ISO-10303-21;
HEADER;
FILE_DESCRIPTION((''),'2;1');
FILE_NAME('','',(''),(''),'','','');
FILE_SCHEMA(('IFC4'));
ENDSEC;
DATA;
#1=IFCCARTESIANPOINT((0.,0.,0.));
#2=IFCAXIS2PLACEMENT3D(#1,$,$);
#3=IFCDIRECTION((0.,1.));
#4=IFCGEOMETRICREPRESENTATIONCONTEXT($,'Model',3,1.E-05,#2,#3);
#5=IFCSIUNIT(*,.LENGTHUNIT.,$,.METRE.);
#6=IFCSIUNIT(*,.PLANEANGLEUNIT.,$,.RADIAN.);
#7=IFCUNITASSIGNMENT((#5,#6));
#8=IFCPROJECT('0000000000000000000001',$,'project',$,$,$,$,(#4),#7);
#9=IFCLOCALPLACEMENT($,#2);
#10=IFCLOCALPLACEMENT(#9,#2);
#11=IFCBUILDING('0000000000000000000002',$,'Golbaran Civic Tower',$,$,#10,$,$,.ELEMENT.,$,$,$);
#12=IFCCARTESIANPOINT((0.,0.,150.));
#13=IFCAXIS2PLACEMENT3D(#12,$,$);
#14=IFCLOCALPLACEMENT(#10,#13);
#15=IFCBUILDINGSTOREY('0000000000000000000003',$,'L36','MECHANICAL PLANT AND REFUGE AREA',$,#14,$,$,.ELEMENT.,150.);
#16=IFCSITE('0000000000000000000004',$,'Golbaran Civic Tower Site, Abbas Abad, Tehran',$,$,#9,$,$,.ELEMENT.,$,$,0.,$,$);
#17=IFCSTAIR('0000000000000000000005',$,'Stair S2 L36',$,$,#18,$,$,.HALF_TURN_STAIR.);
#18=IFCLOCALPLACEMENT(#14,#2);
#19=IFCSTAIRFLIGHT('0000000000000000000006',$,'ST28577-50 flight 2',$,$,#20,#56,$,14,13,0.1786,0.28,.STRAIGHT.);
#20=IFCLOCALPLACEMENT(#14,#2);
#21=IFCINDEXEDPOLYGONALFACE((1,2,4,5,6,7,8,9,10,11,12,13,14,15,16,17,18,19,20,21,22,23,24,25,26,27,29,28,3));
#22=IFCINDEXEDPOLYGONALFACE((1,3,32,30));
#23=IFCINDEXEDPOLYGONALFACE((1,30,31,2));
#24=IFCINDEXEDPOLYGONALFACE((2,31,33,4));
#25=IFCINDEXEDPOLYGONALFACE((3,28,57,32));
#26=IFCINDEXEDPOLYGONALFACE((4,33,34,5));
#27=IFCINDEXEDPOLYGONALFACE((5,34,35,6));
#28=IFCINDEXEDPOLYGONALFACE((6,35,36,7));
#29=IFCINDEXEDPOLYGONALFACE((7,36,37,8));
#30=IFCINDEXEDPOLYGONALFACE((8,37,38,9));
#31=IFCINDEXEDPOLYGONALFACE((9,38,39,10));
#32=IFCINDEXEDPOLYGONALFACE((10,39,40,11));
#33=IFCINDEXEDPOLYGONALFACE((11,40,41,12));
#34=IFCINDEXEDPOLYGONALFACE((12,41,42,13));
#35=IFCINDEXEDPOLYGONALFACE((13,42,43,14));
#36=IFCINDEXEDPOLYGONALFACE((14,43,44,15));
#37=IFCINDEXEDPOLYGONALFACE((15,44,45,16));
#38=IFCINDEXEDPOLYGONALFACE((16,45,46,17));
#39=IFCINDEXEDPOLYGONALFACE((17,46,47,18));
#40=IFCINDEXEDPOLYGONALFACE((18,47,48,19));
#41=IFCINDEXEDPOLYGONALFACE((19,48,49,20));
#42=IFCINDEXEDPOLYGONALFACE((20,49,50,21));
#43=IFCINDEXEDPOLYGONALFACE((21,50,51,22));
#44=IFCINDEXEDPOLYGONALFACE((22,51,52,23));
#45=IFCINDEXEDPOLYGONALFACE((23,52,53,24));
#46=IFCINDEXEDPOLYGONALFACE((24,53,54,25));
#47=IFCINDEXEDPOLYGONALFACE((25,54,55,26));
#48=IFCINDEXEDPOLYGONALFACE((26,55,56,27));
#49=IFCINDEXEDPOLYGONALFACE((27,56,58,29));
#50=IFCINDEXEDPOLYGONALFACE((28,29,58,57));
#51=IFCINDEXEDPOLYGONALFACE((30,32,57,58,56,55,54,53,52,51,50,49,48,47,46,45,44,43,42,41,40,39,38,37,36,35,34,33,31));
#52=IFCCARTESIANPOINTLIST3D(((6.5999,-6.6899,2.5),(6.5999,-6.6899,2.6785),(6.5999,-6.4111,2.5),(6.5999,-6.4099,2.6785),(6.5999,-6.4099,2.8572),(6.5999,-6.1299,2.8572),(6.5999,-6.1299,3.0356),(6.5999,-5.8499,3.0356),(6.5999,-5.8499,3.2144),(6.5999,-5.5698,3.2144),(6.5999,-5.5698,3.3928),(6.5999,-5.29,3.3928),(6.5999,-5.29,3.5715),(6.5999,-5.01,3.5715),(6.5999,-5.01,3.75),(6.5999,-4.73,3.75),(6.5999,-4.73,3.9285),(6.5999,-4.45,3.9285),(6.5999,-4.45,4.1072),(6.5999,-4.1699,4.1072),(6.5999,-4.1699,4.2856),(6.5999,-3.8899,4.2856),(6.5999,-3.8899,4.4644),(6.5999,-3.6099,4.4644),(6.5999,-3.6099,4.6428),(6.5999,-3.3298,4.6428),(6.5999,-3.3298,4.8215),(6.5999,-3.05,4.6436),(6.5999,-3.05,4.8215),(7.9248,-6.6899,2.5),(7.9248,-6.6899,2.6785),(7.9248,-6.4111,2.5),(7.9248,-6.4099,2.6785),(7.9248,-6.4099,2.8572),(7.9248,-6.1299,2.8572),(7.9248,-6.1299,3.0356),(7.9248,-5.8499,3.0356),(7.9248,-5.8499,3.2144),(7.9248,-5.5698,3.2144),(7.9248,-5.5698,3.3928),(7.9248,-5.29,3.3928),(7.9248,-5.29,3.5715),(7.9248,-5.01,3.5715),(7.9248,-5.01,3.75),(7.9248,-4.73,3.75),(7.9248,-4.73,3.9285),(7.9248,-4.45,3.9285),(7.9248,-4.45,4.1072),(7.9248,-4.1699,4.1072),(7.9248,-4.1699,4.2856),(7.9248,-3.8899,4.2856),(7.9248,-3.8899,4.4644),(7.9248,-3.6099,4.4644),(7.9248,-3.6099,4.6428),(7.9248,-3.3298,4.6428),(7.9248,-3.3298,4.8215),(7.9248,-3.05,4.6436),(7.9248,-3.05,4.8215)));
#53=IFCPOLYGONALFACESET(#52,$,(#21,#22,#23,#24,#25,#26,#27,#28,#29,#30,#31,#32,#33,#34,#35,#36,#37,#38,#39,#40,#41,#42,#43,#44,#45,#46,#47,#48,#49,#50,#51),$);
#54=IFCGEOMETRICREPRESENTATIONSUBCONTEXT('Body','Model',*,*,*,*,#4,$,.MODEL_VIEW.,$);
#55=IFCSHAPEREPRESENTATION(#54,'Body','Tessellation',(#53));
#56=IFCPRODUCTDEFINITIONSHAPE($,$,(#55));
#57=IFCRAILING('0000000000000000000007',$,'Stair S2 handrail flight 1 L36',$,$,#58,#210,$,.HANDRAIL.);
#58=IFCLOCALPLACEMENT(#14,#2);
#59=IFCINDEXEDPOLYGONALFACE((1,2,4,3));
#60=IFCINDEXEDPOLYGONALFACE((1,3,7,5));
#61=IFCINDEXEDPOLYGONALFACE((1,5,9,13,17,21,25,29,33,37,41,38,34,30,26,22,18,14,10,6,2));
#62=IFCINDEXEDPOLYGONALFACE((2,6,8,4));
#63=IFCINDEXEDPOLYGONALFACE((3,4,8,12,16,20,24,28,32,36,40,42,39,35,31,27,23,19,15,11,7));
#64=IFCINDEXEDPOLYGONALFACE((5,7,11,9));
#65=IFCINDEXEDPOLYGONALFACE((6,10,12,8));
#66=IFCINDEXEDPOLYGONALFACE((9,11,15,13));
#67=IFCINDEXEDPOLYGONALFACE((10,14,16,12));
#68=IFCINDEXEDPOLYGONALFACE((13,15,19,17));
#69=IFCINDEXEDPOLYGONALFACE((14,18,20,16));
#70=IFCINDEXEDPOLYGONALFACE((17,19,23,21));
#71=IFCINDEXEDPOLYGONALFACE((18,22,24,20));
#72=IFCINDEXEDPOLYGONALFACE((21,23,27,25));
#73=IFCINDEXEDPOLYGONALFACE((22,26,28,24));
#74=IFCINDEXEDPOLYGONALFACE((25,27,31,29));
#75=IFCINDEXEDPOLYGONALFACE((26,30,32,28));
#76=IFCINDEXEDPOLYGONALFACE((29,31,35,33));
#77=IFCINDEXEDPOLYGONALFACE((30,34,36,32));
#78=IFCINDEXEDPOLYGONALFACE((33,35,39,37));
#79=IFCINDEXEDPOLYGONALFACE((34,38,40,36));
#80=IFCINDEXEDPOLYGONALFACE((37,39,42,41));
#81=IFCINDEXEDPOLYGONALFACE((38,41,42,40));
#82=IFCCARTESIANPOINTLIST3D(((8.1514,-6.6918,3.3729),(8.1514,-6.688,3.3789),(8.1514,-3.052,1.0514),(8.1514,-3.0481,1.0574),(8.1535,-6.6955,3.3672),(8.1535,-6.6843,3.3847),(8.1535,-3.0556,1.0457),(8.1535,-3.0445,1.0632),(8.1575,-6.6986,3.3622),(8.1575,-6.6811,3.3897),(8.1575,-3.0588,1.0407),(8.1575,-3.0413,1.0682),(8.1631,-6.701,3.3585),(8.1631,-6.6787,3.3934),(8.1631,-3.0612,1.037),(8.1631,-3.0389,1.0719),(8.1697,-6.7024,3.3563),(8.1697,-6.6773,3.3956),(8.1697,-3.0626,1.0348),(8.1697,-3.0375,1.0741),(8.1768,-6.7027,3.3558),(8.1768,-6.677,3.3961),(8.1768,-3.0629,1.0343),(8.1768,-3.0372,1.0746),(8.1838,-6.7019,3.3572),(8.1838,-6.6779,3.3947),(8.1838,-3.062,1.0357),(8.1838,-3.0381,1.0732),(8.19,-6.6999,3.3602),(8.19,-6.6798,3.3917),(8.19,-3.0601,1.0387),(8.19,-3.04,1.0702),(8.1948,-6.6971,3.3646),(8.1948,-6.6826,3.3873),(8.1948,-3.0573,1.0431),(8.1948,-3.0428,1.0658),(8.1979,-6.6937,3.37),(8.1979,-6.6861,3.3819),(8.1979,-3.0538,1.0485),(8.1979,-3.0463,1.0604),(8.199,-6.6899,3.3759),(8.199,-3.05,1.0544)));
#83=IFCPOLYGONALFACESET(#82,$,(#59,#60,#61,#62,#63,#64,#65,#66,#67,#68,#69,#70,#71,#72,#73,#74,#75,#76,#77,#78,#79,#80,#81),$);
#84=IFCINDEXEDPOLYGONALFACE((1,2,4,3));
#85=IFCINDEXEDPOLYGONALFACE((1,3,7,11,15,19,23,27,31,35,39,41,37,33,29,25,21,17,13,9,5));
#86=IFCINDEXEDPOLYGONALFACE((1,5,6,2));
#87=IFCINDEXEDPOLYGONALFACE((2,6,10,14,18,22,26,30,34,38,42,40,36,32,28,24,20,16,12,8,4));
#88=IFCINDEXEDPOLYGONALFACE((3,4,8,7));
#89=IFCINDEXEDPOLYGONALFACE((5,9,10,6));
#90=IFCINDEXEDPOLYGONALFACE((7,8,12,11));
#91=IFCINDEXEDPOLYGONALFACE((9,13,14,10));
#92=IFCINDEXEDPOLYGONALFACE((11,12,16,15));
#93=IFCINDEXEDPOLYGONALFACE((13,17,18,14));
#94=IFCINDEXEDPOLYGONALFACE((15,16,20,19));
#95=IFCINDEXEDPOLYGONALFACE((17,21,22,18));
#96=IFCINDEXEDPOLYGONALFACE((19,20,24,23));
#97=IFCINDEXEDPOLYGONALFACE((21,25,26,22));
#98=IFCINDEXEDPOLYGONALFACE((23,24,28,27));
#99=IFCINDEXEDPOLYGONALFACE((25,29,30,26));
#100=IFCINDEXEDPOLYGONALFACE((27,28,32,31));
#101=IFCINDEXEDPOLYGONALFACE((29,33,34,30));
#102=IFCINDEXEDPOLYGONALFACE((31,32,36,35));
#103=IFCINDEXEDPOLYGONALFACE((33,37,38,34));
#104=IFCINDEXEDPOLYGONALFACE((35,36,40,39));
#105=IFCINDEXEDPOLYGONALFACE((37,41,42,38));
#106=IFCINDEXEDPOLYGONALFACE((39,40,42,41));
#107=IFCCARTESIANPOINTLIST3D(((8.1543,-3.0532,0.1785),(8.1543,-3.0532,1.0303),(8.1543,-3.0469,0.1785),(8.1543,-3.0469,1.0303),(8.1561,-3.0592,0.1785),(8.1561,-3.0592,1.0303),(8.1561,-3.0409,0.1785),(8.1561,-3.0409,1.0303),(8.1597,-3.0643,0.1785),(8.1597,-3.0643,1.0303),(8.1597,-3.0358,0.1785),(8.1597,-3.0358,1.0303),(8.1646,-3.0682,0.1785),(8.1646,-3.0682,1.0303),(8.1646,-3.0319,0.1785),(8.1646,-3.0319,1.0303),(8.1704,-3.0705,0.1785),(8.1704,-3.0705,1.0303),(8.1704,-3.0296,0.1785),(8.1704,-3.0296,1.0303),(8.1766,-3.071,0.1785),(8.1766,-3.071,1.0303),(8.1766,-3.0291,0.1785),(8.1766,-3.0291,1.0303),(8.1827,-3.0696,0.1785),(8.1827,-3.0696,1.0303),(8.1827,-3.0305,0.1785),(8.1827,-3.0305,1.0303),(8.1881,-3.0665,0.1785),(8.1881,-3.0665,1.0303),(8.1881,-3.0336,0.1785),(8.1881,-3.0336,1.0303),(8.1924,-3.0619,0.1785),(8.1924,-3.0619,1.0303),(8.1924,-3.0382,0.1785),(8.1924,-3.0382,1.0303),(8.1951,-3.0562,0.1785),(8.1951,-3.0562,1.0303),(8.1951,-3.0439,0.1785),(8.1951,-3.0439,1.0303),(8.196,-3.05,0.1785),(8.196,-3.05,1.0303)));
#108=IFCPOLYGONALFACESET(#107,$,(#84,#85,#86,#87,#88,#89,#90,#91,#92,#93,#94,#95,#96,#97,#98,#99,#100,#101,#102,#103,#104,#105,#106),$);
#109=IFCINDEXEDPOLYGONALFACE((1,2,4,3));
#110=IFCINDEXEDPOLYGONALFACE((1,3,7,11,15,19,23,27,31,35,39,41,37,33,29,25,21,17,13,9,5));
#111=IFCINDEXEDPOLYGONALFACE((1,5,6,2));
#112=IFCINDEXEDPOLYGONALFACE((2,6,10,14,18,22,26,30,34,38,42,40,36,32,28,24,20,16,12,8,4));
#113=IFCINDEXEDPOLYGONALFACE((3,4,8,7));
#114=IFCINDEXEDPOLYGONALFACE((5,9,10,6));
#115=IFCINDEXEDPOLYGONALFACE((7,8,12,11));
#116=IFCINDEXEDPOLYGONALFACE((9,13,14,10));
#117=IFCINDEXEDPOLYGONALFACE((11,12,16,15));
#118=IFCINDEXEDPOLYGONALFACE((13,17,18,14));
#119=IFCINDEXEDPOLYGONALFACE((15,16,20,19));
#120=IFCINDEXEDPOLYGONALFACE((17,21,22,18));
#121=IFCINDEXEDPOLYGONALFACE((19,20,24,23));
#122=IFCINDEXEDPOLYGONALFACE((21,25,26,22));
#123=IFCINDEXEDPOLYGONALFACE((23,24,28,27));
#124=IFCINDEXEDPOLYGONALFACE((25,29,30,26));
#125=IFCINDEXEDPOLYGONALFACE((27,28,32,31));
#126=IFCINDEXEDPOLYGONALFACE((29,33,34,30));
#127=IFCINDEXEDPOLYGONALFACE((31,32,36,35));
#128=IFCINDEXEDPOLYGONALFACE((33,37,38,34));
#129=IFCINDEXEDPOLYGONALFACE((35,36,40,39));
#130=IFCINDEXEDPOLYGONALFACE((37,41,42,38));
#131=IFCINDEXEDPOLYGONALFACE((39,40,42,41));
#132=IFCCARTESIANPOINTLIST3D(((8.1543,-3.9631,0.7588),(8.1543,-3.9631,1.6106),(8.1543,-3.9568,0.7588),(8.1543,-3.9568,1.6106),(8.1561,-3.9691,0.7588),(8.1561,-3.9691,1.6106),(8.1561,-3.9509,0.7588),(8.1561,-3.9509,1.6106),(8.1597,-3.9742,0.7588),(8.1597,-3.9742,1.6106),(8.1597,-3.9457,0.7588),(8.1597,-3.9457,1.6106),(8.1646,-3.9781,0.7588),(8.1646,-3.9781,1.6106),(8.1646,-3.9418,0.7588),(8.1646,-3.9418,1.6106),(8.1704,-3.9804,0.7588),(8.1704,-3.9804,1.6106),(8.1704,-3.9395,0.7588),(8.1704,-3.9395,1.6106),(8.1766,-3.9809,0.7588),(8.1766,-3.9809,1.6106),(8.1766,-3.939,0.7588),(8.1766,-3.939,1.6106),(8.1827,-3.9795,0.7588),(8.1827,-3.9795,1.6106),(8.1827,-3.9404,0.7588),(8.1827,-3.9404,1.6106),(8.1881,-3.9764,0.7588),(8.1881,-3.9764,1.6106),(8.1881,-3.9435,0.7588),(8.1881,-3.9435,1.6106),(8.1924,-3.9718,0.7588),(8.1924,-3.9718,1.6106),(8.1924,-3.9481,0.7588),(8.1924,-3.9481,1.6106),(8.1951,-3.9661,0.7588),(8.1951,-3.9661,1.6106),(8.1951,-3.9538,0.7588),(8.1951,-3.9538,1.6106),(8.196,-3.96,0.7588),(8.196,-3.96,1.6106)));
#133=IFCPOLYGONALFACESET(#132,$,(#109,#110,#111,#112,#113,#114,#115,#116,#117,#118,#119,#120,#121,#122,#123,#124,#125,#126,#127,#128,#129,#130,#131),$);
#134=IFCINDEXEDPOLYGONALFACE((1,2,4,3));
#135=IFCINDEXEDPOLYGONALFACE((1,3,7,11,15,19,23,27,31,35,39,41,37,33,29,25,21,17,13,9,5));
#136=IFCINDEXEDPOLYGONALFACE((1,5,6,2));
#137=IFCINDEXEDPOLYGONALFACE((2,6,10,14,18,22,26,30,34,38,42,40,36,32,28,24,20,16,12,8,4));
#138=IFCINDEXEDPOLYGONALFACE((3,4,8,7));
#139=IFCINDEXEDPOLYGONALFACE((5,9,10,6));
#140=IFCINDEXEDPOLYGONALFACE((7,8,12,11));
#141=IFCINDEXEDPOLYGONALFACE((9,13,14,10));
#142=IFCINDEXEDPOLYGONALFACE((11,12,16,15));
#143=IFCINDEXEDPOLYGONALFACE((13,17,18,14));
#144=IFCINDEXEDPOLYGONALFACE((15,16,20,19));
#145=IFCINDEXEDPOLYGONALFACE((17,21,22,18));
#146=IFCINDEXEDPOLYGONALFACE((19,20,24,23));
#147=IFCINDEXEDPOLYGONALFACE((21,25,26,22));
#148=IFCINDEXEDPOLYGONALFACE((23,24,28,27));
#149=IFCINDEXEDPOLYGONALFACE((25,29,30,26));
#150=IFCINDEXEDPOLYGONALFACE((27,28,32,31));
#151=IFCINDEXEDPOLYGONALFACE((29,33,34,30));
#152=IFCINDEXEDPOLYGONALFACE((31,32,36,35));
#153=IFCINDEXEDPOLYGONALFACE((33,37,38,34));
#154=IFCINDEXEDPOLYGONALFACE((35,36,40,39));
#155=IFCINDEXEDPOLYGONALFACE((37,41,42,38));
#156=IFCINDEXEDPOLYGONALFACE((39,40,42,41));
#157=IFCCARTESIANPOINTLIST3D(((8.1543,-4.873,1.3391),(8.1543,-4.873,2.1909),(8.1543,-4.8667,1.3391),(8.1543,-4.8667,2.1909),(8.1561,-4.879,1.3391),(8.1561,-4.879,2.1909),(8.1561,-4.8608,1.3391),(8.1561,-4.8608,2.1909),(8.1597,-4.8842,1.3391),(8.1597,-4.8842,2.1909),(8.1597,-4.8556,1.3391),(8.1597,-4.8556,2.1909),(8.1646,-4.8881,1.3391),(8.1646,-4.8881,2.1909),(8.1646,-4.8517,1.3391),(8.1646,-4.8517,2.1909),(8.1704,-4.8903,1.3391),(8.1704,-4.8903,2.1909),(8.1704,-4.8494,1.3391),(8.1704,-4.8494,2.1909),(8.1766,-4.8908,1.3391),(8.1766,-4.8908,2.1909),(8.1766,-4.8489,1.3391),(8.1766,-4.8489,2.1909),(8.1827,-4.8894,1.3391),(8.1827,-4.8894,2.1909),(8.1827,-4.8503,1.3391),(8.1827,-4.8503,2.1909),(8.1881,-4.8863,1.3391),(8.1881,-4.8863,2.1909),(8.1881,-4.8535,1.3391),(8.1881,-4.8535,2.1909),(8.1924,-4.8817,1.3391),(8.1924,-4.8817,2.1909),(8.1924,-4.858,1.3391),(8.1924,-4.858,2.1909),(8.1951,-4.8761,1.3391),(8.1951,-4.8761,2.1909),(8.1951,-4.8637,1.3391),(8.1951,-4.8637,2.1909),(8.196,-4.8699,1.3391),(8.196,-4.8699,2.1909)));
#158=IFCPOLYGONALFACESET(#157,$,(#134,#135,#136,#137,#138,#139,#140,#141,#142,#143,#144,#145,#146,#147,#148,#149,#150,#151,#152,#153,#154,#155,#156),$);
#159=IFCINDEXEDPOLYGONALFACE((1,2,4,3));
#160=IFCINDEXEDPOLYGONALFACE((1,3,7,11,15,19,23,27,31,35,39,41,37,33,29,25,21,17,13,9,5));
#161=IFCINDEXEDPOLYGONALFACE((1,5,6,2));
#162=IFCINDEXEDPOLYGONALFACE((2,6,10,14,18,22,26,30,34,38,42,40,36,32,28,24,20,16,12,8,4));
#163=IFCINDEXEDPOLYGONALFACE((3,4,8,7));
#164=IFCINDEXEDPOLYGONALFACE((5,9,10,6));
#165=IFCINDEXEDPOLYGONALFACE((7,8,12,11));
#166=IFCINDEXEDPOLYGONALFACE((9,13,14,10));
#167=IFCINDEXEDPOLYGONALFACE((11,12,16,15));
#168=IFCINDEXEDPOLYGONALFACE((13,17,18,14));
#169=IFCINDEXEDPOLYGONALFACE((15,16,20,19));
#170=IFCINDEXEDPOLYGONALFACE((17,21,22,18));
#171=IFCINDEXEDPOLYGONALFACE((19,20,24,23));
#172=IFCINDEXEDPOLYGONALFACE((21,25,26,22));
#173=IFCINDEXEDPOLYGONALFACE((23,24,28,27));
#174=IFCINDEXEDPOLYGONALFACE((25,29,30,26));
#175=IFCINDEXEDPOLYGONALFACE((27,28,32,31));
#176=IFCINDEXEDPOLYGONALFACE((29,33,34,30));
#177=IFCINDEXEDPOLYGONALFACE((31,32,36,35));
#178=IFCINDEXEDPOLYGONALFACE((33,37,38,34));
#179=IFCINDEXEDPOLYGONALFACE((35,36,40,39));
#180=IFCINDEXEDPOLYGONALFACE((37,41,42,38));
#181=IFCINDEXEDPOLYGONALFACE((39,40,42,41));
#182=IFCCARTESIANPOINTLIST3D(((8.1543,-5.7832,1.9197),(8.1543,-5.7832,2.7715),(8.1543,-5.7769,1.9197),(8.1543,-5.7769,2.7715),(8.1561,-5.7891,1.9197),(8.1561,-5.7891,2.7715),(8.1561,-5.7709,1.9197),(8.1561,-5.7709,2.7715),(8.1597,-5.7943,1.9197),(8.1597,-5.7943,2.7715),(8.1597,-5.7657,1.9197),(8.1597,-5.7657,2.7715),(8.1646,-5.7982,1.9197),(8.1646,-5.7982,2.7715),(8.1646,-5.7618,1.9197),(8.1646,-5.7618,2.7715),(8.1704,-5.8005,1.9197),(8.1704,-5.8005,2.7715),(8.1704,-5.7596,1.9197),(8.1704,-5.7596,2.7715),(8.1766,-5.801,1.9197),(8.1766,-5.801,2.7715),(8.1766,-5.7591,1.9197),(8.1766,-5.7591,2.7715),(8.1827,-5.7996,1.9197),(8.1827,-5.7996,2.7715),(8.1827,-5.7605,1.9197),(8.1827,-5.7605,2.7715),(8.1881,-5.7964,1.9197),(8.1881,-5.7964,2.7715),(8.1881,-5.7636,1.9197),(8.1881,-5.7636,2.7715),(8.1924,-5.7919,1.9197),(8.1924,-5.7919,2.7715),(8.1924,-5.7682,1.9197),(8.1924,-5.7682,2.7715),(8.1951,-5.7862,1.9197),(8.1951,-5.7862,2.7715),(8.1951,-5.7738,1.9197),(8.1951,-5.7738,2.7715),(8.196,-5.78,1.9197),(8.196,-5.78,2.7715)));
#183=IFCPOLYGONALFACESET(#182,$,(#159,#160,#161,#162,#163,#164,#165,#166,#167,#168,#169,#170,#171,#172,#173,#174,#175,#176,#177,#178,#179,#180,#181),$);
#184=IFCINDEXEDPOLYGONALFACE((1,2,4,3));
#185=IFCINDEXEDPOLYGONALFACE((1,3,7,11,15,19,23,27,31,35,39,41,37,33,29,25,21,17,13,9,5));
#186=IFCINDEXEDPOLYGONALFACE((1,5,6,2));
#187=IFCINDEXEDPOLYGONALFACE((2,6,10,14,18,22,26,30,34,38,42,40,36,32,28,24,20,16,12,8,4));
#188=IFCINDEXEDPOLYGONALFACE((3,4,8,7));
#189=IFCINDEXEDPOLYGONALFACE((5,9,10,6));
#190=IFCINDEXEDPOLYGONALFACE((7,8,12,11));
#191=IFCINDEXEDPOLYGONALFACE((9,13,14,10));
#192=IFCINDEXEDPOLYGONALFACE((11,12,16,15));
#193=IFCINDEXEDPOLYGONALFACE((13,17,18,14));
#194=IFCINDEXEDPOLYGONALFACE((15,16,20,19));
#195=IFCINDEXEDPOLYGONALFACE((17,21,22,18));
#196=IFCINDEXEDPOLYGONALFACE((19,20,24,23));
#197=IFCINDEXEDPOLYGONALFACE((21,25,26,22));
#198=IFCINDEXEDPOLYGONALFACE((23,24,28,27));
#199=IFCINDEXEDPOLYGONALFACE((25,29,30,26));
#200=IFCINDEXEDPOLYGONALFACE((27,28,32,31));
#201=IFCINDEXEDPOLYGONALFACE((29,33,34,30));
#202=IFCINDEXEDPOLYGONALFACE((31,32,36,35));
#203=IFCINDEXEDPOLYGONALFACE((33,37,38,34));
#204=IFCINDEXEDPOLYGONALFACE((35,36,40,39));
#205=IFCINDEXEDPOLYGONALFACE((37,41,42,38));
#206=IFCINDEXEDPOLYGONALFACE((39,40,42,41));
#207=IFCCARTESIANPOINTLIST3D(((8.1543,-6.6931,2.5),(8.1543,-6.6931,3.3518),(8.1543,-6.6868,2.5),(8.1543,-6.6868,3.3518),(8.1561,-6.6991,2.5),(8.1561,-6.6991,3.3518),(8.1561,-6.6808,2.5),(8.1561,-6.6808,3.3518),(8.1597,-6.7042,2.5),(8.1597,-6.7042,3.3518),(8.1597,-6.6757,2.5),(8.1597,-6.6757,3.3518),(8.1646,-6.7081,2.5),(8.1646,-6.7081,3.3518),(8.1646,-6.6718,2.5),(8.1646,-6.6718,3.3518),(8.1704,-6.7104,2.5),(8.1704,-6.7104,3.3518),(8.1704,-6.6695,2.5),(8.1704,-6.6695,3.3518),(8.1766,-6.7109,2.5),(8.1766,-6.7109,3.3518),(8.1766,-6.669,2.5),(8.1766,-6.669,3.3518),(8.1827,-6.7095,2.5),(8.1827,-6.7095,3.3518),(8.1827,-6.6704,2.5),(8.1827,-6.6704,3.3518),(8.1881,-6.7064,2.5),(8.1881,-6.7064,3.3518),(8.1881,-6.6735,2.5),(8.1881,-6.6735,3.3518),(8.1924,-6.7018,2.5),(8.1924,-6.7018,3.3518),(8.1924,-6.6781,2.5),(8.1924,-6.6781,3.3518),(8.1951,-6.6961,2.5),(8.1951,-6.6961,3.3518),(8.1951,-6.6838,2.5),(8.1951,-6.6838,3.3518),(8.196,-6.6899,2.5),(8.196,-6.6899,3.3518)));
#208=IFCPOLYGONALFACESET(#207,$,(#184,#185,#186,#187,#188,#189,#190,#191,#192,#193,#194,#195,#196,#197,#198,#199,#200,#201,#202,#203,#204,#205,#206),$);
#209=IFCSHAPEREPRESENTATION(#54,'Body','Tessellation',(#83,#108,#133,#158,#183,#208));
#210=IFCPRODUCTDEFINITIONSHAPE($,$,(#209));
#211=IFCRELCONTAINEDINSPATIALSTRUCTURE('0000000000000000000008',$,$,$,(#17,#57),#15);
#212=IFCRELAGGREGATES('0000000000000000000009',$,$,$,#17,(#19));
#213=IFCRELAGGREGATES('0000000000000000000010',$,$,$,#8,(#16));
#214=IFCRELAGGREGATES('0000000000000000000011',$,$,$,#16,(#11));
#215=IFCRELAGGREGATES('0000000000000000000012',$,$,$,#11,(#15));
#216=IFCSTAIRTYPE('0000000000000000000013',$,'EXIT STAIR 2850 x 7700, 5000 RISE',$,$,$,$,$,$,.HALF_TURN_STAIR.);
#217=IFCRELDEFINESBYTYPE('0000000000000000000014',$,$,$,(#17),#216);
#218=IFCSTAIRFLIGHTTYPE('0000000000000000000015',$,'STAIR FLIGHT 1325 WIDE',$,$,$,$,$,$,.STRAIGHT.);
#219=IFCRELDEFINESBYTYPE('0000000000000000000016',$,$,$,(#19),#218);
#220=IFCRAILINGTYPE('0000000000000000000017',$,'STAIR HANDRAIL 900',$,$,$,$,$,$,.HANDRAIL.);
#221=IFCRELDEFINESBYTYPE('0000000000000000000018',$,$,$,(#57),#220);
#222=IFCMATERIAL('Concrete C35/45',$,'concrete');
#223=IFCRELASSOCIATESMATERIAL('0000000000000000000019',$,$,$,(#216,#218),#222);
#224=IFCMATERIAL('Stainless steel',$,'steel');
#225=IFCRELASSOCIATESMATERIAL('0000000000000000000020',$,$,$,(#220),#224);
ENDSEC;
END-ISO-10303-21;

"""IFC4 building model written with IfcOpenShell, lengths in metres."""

from ifc_helpers import new_model, si_unit, direction, frame, origin, origin_2d, place, context, subcontext, project, spatial, polyline, circle, outline, extrude, material, type_object, element, aggregate, save


model = new_model("IFC4")

# Units and contexts
model_context = context("Model", 3, precision=1e-05, world=origin(), true_north=direction((0.0, 1.0)))
body_context = subcontext(model_context, "Body", "Model", "MODEL_VIEW")
ifc_project = project(units=[si_unit("LENGTHUNIT", "METRE"), si_unit("PLANEANGLEUNIT", "RADIAN")], contexts=[model_context])

# Site, building, storey
site_placement = place(None, origin())
site = spatial("IfcSite", under=ifc_project, at=site_placement, Name="Golbaran Civic Tower Site, Abbas Abad, Tehran", CompositionType="ELEMENT", RefElevation=0.0)
building_placement = place(site_placement, origin())
building = spatial("IfcBuilding", under=site, at=building_placement, Name="Golbaran Civic Tower", CompositionType="ELEMENT")
storey_placement = place(building_placement, frame((0.0, 0.0, 150.0)))
storey = spatial("IfcBuildingStorey", under=building, at=storey_placement, Name="L36", Description="MECHANICAL PLANT AND REFUGE AREA", CompositionType="ELEMENT", Elevation=150.0)

# Shared definitions
ifc_material_1 = material(Name="Concrete C35/45", Category="concrete")

# Shared definitions
stair_type_1 = type_object("IfcStairType", Name="EXIT STAIR 2850 x 7700, 5000 RISE", PredefinedType="HALF_TURN_STAIR", material=ifc_material_1)

# Stair
stair_1_placement = place(storey_placement, origin())
stair_1 = element("IfcStair", 1, at=stair_1_placement, inside=storey, type_object=stair_type_1, Name="Stair S2 L36", PredefinedType="HALF_TURN_STAIR")

# Shared definitions
ifc_material_2 = material(Name="Stainless steel", Category="steel")

# Stair flight
stair_flight_type = type_object("IfcStairFlightType", Name="STAIR FLIGHT 1325 WIDE", PredefinedType="STRAIGHT", material=ifc_material_1)
stair_flight_1_placement = place(storey_placement, frame((7.2625, -6.6899, 2.5), z_axis=(0.0, 0.0, 1.0), x_axis=(0.0, 1.0, 0.0)))
stair_flight_1 = element("IfcStairFlight", 2, at=stair_flight_1_placement, type_object=stair_flight_type, Name="ST28577-50 flight 2", NumberOfRisers=14, NumberOfTreads=13, PredefinedType="STRAIGHT", RiserHeight=0.1786, TreadLength=0.28, context=body_context, shape_type="SweptSolid", body=[
    extrude(outline(polyline([(0.0, 0.0), (0.0, 0.1785), (0.28, 0.1785), (0.28, 0.3572), (0.5601, 0.3572), (0.5601, 0.5356), (0.8401, 0.5356), (0.8401, 0.7144), (1.1201, 0.7144), (1.1201, 0.8928), (1.3999, 0.8928), (1.3999, 1.0715), (1.6799, 1.0715), (1.6799, 1.25), (1.96, 1.25), (1.96, 1.4285), (2.24, 1.4285), (2.24, 1.6072), (2.52, 1.6072), (2.52, 1.7856), (2.8, 1.7856), (2.8, 1.9644), (3.0801, 1.9644), (3.0801, 2.1428), (3.3601, 2.1428), (3.3601, 2.3215), (3.6399, 2.3215), (3.6399, 2.5), (3.6399, 2.1436), (0.2788, 0.0), (0.0, 0.0)])), frame((0.0, 0.6626, 0.0), z_axis=(0.0, -1.0, 0.0), x_axis=(1.0, 0.0, 0.0)), (0.0, 0.0, 1.0), 1.325),
])
aggregate(stair_1, [stair_flight_1])

# Railing
railing_type = type_object("IfcRailingType", Name="STAIR HANDRAIL 900", PredefinedType="HANDRAIL", material=ifc_material_2)
railing_1_placement = place(storey_placement, frame((8.175, -3.05, 0.1785)))
element("IfcRailing", 3, at=railing_1_placement, inside=storey, type_object=railing_type, Name="Stair S2 handrail flight 1 L36", PredefinedType="HANDRAIL", context=body_context, shape_type="SweptSolid", body=[
    extrude(circle(Radius=0.0239, at=origin_2d()), frame((0.0, 0.0, 0.876), z_axis=(0.0, -0.843112, 0.537739), x_axis=(1.0, 0.0, 0.0)), (0.0, 0.0, 1.0), 4.3171),
    extrude(circle(Radius=0.021, at=origin_2d()), origin(), (0.0, 0.0, 1.0), 0.8518),
    extrude(circle(Radius=0.021, at=origin_2d()), frame((0.0, -0.9099, 0.5803)), (0.0, 0.0, 1.0), 0.8518),
    extrude(circle(Radius=0.021, at=origin_2d()), frame((0.0, -1.8198, 1.1606)), (0.0, 0.0, 1.0), 0.8518),
    extrude(circle(Radius=0.021, at=origin_2d()), frame((0.0, -2.73, 1.7412)), (0.0, 0.0, 1.0), 0.8518),
    extrude(circle(Radius=0.021, at=origin_2d()), frame((0.0, -3.6399, 2.3215)), (0.0, 0.0, 1.0), 0.8518),
])

save(model, "model.ifc")
